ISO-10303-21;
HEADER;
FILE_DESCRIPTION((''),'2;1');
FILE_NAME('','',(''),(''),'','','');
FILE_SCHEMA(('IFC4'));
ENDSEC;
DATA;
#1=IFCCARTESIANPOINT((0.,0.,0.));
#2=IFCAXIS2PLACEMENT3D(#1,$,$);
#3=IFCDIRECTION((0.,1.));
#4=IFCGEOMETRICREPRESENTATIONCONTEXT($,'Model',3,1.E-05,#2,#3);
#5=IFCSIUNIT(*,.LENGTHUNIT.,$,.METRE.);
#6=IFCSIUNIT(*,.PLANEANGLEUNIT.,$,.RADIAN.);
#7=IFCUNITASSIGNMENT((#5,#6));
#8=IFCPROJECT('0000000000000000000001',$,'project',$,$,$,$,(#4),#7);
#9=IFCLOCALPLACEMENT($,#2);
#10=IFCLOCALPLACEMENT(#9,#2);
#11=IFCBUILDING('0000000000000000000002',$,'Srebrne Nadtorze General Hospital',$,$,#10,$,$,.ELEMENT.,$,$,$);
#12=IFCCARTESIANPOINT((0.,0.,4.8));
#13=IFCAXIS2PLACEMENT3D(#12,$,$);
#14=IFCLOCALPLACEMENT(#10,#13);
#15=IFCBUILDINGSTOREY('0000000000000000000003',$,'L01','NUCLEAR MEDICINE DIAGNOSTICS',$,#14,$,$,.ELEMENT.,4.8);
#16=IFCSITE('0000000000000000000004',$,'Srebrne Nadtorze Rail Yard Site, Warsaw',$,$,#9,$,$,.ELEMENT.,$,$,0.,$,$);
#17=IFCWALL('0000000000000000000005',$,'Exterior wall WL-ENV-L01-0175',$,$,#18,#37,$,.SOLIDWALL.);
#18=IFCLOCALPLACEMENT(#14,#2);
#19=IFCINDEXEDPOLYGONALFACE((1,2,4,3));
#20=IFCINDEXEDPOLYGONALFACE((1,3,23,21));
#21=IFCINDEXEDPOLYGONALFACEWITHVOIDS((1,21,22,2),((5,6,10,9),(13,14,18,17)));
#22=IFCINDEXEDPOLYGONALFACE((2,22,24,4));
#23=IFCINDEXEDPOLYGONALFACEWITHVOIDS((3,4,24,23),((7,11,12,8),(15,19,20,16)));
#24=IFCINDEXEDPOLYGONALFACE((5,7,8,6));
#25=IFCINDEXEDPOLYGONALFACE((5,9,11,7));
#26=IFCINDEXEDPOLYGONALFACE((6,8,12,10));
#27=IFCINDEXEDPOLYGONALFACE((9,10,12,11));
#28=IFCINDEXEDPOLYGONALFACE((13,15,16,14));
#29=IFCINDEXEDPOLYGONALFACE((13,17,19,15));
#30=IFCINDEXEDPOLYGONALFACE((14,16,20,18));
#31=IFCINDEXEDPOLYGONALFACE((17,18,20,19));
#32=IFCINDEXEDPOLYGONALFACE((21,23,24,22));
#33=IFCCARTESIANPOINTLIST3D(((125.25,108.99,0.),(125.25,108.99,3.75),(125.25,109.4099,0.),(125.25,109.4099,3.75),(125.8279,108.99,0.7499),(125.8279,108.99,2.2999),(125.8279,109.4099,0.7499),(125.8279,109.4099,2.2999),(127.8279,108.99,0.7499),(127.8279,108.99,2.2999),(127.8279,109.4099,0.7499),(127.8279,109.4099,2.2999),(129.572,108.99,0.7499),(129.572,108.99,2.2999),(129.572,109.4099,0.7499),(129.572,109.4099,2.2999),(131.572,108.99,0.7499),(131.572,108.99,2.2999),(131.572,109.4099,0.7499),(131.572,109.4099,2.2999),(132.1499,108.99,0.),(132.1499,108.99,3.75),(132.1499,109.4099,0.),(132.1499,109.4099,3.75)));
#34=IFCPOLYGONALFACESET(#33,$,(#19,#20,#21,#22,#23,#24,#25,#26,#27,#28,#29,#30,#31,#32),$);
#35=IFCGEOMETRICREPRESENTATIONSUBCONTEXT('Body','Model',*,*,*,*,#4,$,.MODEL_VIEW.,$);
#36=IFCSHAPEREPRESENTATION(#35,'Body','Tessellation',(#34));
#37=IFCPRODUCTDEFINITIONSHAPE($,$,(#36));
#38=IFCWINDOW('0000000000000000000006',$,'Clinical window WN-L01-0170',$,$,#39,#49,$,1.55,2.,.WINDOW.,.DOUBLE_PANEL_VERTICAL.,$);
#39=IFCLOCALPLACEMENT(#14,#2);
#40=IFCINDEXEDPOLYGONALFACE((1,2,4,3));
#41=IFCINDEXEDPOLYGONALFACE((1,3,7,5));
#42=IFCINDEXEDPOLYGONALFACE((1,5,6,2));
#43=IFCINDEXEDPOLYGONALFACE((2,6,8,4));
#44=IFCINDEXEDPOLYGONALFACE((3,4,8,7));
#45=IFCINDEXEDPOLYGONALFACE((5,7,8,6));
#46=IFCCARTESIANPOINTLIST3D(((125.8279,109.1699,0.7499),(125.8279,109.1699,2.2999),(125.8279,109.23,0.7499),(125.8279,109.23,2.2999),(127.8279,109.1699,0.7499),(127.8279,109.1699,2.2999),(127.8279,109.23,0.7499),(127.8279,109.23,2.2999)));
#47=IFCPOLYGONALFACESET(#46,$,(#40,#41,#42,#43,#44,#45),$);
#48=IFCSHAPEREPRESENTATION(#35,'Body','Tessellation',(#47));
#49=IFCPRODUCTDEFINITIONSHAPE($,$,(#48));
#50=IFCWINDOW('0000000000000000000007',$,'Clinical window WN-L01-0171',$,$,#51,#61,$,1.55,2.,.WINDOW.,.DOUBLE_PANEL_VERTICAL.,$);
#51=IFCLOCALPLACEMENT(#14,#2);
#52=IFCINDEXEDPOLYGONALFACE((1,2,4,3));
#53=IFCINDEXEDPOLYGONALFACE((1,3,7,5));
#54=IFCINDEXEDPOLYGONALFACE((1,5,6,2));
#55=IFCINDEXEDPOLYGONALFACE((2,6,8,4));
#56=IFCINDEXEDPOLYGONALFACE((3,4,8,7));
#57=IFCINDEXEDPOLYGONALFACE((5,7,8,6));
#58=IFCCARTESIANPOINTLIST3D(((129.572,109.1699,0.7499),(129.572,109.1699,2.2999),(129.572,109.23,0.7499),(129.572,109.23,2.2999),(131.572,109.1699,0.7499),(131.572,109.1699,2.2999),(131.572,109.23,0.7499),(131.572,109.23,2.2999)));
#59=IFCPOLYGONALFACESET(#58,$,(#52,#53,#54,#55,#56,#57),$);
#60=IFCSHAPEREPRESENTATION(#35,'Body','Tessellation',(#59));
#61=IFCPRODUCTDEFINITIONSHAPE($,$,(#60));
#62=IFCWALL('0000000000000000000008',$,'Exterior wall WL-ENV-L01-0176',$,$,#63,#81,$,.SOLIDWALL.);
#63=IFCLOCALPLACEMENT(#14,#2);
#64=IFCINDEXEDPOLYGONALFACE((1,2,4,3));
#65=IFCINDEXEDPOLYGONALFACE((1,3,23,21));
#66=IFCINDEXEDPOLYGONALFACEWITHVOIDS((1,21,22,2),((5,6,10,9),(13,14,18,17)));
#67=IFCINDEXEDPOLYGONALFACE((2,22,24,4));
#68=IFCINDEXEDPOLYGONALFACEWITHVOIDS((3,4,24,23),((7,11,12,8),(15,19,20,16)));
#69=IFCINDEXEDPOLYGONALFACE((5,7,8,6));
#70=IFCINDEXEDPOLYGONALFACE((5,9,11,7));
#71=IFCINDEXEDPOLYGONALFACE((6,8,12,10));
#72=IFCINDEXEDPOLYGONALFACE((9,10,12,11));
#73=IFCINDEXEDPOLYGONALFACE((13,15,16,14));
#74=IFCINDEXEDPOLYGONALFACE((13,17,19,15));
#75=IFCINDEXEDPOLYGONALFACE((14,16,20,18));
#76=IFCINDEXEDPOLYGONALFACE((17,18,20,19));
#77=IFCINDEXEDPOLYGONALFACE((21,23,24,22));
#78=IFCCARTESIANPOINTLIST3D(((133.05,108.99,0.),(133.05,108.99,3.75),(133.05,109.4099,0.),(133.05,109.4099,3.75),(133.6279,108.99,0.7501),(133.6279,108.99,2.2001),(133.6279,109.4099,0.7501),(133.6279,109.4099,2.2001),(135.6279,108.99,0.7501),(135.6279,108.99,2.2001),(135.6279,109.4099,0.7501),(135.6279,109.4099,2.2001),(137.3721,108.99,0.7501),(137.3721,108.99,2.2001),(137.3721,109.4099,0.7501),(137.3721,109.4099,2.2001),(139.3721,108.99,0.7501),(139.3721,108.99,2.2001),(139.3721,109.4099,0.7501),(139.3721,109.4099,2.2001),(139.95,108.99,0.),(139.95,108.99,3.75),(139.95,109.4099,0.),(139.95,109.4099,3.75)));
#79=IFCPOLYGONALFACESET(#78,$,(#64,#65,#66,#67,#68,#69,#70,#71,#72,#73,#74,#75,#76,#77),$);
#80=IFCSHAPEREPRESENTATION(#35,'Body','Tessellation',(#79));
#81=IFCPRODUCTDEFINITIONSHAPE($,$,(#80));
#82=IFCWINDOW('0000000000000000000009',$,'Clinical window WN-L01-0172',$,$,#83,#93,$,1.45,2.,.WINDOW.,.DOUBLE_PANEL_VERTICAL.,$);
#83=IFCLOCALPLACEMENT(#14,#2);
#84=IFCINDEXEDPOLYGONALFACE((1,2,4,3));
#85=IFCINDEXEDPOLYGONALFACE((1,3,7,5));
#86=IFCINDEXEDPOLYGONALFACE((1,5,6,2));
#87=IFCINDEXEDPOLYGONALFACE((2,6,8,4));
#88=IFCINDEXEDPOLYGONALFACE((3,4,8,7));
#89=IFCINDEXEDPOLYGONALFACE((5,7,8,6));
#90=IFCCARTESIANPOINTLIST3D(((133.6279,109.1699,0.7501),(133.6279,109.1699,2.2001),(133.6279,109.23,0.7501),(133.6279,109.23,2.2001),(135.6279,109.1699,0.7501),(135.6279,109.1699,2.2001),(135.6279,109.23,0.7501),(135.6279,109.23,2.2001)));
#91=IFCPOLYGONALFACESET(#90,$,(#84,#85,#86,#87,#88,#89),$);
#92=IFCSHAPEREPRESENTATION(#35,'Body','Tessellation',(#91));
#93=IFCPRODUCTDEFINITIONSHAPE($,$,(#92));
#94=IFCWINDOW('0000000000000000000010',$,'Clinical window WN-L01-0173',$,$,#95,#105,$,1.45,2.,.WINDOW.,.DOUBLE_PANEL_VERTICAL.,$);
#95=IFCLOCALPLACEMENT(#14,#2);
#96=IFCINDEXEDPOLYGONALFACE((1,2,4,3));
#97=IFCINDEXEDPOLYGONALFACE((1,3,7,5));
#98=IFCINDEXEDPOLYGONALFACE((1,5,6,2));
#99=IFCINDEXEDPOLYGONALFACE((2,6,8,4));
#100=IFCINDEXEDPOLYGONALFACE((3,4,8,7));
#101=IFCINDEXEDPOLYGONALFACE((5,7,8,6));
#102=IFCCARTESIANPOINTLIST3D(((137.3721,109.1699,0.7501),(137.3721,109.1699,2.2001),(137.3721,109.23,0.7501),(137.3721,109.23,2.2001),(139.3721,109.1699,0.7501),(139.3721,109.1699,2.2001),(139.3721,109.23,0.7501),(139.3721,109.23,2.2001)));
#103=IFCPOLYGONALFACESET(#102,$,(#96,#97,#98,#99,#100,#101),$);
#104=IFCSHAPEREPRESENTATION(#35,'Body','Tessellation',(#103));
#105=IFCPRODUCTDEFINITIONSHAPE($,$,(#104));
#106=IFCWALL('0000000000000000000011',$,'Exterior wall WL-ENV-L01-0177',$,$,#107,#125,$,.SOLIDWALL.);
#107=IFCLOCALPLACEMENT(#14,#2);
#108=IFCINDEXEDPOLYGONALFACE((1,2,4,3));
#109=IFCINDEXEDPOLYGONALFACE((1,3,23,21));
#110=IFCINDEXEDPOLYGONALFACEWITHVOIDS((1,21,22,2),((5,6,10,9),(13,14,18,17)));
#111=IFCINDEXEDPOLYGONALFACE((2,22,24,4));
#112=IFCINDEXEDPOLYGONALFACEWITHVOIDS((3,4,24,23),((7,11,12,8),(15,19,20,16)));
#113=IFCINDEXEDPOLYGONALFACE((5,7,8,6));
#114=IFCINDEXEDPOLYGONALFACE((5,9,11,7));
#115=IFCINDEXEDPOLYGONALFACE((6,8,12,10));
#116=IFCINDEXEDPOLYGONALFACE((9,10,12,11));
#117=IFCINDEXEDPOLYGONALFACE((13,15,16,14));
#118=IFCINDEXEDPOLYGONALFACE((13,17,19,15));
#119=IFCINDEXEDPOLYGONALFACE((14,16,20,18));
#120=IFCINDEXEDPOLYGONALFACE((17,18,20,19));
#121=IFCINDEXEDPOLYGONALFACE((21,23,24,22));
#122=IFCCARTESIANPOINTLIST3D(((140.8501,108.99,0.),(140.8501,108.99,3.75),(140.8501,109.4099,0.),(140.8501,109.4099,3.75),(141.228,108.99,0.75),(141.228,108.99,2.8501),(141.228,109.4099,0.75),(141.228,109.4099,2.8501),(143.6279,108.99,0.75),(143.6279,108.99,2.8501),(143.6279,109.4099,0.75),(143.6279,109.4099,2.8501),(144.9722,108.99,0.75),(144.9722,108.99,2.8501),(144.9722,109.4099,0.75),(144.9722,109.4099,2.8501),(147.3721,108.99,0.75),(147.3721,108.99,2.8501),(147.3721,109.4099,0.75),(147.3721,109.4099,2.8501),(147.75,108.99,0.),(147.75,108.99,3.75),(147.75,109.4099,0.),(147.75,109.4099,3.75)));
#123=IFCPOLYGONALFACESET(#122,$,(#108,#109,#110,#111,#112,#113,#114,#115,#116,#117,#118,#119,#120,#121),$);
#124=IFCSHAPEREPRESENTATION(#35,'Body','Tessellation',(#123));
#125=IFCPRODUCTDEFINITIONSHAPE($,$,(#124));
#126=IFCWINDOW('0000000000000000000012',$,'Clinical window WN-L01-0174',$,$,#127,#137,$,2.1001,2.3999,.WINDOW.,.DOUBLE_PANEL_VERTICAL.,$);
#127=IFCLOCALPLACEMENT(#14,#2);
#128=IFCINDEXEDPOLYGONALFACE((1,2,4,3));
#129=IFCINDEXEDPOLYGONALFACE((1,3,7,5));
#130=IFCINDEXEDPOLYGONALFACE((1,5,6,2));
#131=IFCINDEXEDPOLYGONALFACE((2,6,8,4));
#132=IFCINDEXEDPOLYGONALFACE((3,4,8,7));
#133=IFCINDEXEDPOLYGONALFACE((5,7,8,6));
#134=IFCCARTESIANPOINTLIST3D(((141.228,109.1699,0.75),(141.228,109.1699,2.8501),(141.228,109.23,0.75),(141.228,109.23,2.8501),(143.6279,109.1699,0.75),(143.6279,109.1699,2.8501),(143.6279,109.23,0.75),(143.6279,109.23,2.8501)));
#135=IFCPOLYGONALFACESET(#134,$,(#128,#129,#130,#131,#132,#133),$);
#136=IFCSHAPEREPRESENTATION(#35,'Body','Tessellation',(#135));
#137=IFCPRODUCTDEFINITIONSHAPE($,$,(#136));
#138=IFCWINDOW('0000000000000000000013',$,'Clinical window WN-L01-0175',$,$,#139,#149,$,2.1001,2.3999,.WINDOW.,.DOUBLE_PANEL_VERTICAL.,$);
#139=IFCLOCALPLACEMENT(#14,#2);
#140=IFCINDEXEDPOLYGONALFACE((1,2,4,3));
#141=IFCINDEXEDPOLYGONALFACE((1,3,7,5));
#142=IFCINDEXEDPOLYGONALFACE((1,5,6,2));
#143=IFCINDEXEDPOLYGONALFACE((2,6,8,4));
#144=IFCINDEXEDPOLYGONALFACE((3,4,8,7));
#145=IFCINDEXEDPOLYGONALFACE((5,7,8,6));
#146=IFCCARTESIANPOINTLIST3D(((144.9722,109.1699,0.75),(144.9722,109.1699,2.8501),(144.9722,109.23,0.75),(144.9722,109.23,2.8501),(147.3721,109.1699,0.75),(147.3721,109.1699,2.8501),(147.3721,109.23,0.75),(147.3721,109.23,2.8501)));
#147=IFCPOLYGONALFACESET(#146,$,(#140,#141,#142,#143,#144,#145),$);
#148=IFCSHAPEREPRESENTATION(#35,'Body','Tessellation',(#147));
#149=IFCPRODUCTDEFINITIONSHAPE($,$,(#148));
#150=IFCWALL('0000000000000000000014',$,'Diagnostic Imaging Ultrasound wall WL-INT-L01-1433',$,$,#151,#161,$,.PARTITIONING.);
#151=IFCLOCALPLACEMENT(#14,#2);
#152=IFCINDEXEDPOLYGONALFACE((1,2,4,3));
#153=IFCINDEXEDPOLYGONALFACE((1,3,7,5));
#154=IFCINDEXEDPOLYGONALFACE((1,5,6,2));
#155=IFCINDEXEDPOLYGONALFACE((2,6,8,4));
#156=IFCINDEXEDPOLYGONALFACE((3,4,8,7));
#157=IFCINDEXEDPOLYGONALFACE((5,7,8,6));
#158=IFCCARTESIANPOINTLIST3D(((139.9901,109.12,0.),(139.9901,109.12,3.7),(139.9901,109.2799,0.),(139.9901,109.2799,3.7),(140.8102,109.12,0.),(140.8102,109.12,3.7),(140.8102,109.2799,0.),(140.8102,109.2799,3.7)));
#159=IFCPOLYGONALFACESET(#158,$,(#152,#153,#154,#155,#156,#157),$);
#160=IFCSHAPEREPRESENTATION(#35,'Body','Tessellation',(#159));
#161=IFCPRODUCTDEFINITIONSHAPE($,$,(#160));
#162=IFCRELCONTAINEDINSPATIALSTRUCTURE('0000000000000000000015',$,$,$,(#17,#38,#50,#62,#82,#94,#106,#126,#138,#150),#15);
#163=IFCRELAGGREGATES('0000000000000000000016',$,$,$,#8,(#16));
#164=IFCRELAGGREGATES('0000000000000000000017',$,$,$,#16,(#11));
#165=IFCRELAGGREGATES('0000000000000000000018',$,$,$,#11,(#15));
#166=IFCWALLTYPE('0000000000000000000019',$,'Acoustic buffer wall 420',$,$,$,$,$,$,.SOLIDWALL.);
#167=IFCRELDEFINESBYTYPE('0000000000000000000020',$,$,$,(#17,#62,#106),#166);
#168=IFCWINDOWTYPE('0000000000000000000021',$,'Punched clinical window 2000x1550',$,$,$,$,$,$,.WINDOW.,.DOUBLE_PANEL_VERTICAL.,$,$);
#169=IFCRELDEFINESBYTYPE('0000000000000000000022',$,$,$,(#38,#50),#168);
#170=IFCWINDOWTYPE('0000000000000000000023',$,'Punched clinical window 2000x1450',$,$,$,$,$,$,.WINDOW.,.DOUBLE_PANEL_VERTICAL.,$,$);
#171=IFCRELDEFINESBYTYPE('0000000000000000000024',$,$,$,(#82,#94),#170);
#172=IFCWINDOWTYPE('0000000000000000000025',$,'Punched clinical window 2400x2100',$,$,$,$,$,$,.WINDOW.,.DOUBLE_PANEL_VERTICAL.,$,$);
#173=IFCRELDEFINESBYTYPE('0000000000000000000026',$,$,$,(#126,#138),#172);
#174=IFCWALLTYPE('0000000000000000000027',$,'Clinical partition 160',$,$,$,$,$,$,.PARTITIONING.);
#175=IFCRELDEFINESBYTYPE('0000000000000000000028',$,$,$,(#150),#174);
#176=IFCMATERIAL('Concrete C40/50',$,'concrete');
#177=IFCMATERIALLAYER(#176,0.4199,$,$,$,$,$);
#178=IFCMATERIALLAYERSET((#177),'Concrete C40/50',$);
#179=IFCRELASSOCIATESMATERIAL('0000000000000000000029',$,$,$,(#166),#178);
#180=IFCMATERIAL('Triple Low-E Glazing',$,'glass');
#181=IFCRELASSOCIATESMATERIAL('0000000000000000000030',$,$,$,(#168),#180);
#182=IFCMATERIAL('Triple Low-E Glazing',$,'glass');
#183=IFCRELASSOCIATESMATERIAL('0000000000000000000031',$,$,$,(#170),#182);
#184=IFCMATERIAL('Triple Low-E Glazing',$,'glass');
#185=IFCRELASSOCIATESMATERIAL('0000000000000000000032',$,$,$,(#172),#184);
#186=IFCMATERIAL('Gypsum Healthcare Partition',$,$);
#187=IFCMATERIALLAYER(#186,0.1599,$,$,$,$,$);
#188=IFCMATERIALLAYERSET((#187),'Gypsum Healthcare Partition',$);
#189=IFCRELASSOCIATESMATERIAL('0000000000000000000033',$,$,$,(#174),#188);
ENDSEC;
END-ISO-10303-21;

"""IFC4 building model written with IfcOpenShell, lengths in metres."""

from ifc_helpers import new_model, si_unit, direction, frame, frame_2d, origin, place, context, subcontext, project, spatial, rectangle, extrude, material, layer, layer_set, type_object, element, fill, save


model = new_model("IFC4")

# Units and contexts
model_context = context("Model", 3, precision=1e-05, world=origin(), true_north=direction((0.0, 1.0)))
body_context = subcontext(model_context, "Body", "Model", "MODEL_VIEW")
ifc_project = project(units=[si_unit("LENGTHUNIT", "METRE"), si_unit("PLANEANGLEUNIT", "RADIAN")], contexts=[model_context])

# Site, building, storey
site_placement = place(None, origin())
site = spatial("IfcSite", under=ifc_project, at=site_placement, Name="Srebrne Nadtorze Rail Yard Site, Warsaw", CompositionType="ELEMENT", RefElevation=0.0)
building_placement = place(site_placement, origin())
building = spatial("IfcBuilding", under=site, at=building_placement, Name="Srebrne Nadtorze General Hospital", CompositionType="ELEMENT")
storey_placement = place(building_placement, frame((0.0, 0.0, 4.8)))
storey = spatial("IfcBuildingStorey", under=building, at=storey_placement, Name="L01", Description="NUCLEAR MEDICINE DIAGNOSTICS", CompositionType="ELEMENT", Elevation=4.8)

# Walls, openings, windows
ifc_material_1 = material(Name="Concrete C40/50", Category="concrete")
ifc_layer_1 = layer(ifc_material_1, 0.4199)
ifc_layer_set_1 = layer_set([ifc_layer_1], Name="Concrete C40/50")
wall_type_1 = type_object("IfcWallType", Name="Acoustic buffer wall 420", PredefinedType="SOLIDWALL", material=ifc_layer_set_1)
wall_1_placement = place(storey_placement, frame((125.25, 109.2, 0.0), z_axis=(0.0, 0.0, 1.0), x_axis=(1.0, 0.0, 0.0)))
wall_1 = element("IfcWall", 1, at=wall_1_placement, inside=storey, type_object=wall_type_1, Name="Exterior wall WL-ENV-L01-0175", PredefinedType="SOLIDWALL", context=body_context, shape_type="SweptSolid", body=[
    extrude(rectangle(XDim=6.8999, YDim=0.4199, at=frame_2d((3.45, 0.0))), origin(), (0.0, 0.0, 1.0), 3.75),
])
opening_1_placement = place(wall_1_placement, frame((0.5779, 0.0, 0.75)))
opening_1 = element("IfcOpeningElement", 2, at=opening_1_placement, cuts=wall_1, PredefinedType="OPENING", context=body_context, shape_type="SweptSolid", body=[
    extrude(rectangle(XDim=2.0, YDim=1.55, at=frame_2d((1.0, 0.7749))), frame((0.0, 0.2219, 0.0), z_axis=(0.0, -1.0, 0.0), x_axis=(1.0, 0.0, 0.0)), (0.0, 0.0, 1.0), 0.4438),
])
opening_2_placement = place(wall_1_placement, frame((4.322, 0.0, 0.75)))
opening_2 = element("IfcOpeningElement", 3, at=opening_2_placement, cuts=wall_1, PredefinedType="OPENING", context=body_context, shape_type="SweptSolid", body=[
    extrude(rectangle(XDim=2.0, YDim=1.55, at=frame_2d((1.0, 0.7749))), frame((0.0, 0.2219, 0.0), z_axis=(0.0, -1.0, 0.0), x_axis=(1.0, 0.0, 0.0)), (0.0, 0.0, 1.0), 0.4438),
])
ifc_material_2 = material(Name="Triple Low-E Glazing", Category="glass")
window_type_1 = type_object("IfcWindowType", Name="Punched clinical window 2000x1550", PartitioningType="DOUBLE_PANEL_VERTICAL", PredefinedType="WINDOW", material=ifc_material_2)
window_1_placement = place(opening_1_placement, origin())
window_1 = element("IfcWindow", 4, at=window_1_placement, inside=storey, type_object=window_type_1, Name="Clinical window WN-L01-0170", OverallHeight=1.55, OverallWidth=2.0, PartitioningType="DOUBLE_PANEL_VERTICAL", PredefinedType="WINDOW", context=body_context, shape_type="SweptSolid", body=[
    extrude(rectangle(XDim=2.0, YDim=1.55, at=frame_2d((1.0, 0.7749))), frame((0.0, 0.03, 0.0), z_axis=(0.0, -1.0, 0.0), x_axis=(1.0, 0.0, 0.0)), (0.0, 0.0, 1.0), 0.0601),
])
fill(opening_1, window_1)
window_2_placement = place(opening_2_placement, origin())
window_2 = element("IfcWindow", 5, at=window_2_placement, inside=storey, type_object=window_type_1, Name="Clinical window WN-L01-0171", OverallHeight=1.55, OverallWidth=2.0, PartitioningType="DOUBLE_PANEL_VERTICAL", PredefinedType="WINDOW", context=body_context, shape_type="SweptSolid", body=[
    extrude(rectangle(XDim=2.0, YDim=1.55, at=frame_2d((1.0, 0.7749))), frame((0.0, 0.03, 0.0), z_axis=(0.0, -1.0, 0.0), x_axis=(1.0, 0.0, 0.0)), (0.0, 0.0, 1.0), 0.0601),
])
fill(opening_2, window_2)
wall_2_placement = place(storey_placement, frame((133.05, 109.2, 0.0), z_axis=(0.0, 0.0, 1.0), x_axis=(1.0, 0.0, 0.0)))
wall_2 = element("IfcWall", 6, at=wall_2_placement, inside=storey, type_object=wall_type_1, Name="Exterior wall WL-ENV-L01-0176", PredefinedType="SOLIDWALL", context=body_context, shape_type="SweptSolid", body=[
    extrude(rectangle(XDim=6.8999, YDim=0.4199, at=frame_2d((3.45, 0.0))), origin(), (0.0, 0.0, 1.0), 3.75),
])
opening_3_placement = place(wall_2_placement, frame((0.5779, 0.0, 0.75)))
opening_3 = element("IfcOpeningElement", 7, at=opening_3_placement, cuts=wall_2, PredefinedType="OPENING", context=body_context, shape_type="SweptSolid", body=[
    extrude(rectangle(XDim=2.0, YDim=1.45, at=frame_2d((1.0, 0.7251))), frame((0.0, 0.2219, 0.0), z_axis=(0.0, -1.0, 0.0), x_axis=(1.0, 0.0, 0.0)), (0.0, 0.0, 1.0), 0.4438),
])
opening_4_placement = place(wall_2_placement, frame((4.322, 0.0, 0.75)))
opening_4 = element("IfcOpeningElement", 8, at=opening_4_placement, cuts=wall_2, PredefinedType="OPENING", context=body_context, shape_type="SweptSolid", body=[
    extrude(rectangle(XDim=2.0, YDim=1.45, at=frame_2d((1.0, 0.7251))), frame((0.0, 0.2219, 0.0), z_axis=(0.0, -1.0, 0.0), x_axis=(1.0, 0.0, 0.0)), (0.0, 0.0, 1.0), 0.4438),
])
ifc_material_3 = material(Name="Triple Low-E Glazing", Category="glass")
window_type_2 = type_object("IfcWindowType", Name="Punched clinical window 2000x1450", PartitioningType="DOUBLE_PANEL_VERTICAL", PredefinedType="WINDOW", material=ifc_material_3)
window_3_placement = place(opening_3_placement, origin())
window_3 = element("IfcWindow", 9, at=window_3_placement, inside=storey, type_object=window_type_2, Name="Clinical window WN-L01-0172", OverallHeight=1.45, OverallWidth=2.0, PartitioningType="DOUBLE_PANEL_VERTICAL", PredefinedType="WINDOW", context=body_context, shape_type="SweptSolid", body=[
    extrude(rectangle(XDim=2.0, YDim=1.45, at=frame_2d((1.0, 0.7251))), frame((0.0, 0.03, 0.0), z_axis=(0.0, -1.0, 0.0), x_axis=(1.0, 0.0, 0.0)), (0.0, 0.0, 1.0), 0.0601),
])
fill(opening_3, window_3)
window_4_placement = place(opening_4_placement, origin())
window_4 = element("IfcWindow", 10, at=window_4_placement, inside=storey, type_object=window_type_2, Name="Clinical window WN-L01-0173", OverallHeight=1.45, OverallWidth=2.0, PartitioningType="DOUBLE_PANEL_VERTICAL", PredefinedType="WINDOW", context=body_context, shape_type="SweptSolid", body=[
    extrude(rectangle(XDim=2.0, YDim=1.45, at=frame_2d((1.0, 0.7251))), frame((0.0, 0.03, 0.0), z_axis=(0.0, -1.0, 0.0), x_axis=(1.0, 0.0, 0.0)), (0.0, 0.0, 1.0), 0.0601),
])
fill(opening_4, window_4)
wall_3_placement = place(storey_placement, frame((140.8501, 109.2, 0.0), z_axis=(0.0, 0.0, 1.0), x_axis=(1.0, 0.0, 0.0)))
wall_3 = element("IfcWall", 11, at=wall_3_placement, inside=storey, type_object=wall_type_1, Name="Exterior wall WL-ENV-L01-0177", PredefinedType="SOLIDWALL", context=body_context, shape_type="SweptSolid", body=[
    extrude(rectangle(XDim=6.8999, YDim=0.4199, at=frame_2d((3.45, 0.0))), origin(), (0.0, 0.0, 1.0), 3.75),
])
opening_5_placement = place(wall_3_placement, frame((0.3779, 0.0, 0.75)))
opening_5 = element("IfcOpeningElement", 12, at=opening_5_placement, cuts=wall_3, PredefinedType="OPENING", context=body_context, shape_type="SweptSolid", body=[
    extrude(rectangle(XDim=2.3999, YDim=2.1001, at=frame_2d((1.2, 1.05))), frame((0.0, 0.2219, 0.0), z_axis=(0.0, -1.0, 0.0), x_axis=(1.0, 0.0, 0.0)), (0.0, 0.0, 1.0), 0.4438),
])
opening_6_placement = place(wall_3_placement, frame((4.1221, 0.0, 0.75)))
opening_6 = element("IfcOpeningElement", 13, at=opening_6_placement, cuts=wall_3, PredefinedType="OPENING", context=body_context, shape_type="SweptSolid", body=[
    extrude(rectangle(XDim=2.3999, YDim=2.1001, at=frame_2d((1.2, 1.05))), frame((0.0, 0.2219, 0.0), z_axis=(0.0, -1.0, 0.0), x_axis=(1.0, 0.0, 0.0)), (0.0, 0.0, 1.0), 0.4438),
])
ifc_material_4 = material(Name="Triple Low-E Glazing", Category="glass")
window_type_3 = type_object("IfcWindowType", Name="Punched clinical window 2400x2100", PartitioningType="DOUBLE_PANEL_VERTICAL", PredefinedType="WINDOW", material=ifc_material_4)
window_5_placement = place(opening_5_placement, origin())
window_5 = element("IfcWindow", 14, at=window_5_placement, inside=storey, type_object=window_type_3, Name="Clinical window WN-L01-0174", OverallHeight=2.1001, OverallWidth=2.3999, PartitioningType="DOUBLE_PANEL_VERTICAL", PredefinedType="WINDOW", context=body_context, shape_type="SweptSolid", body=[
    extrude(rectangle(XDim=2.3999, YDim=2.1001, at=frame_2d((1.2, 1.05))), frame((0.0, 0.03, 0.0), z_axis=(0.0, -1.0, 0.0), x_axis=(1.0, 0.0, 0.0)), (0.0, 0.0, 1.0), 0.0601),
])
fill(opening_5, window_5)
window_6_placement = place(opening_6_placement, origin())
window_6 = element("IfcWindow", 15, at=window_6_placement, inside=storey, type_object=window_type_3, Name="Clinical window WN-L01-0175", OverallHeight=2.1001, OverallWidth=2.3999, PartitioningType="DOUBLE_PANEL_VERTICAL", PredefinedType="WINDOW", context=body_context, shape_type="SweptSolid", body=[
    extrude(rectangle(XDim=2.3999, YDim=2.1001, at=frame_2d((1.2, 1.05))), frame((0.0, 0.03, 0.0), z_axis=(0.0, -1.0, 0.0), x_axis=(1.0, 0.0, 0.0)), (0.0, 0.0, 1.0), 0.0601),
])
fill(opening_6, window_6)

# Wall
ifc_material_5 = material(Name="Gypsum Healthcare Partition")
ifc_layer_2 = layer(ifc_material_5, 0.1599)
ifc_layer_set_2 = layer_set([ifc_layer_2], Name="Gypsum Healthcare Partition")
wall_type_2 = type_object("IfcWallType", Name="Clinical partition 160", PredefinedType="PARTITIONING", material=ifc_layer_set_2)
for number, where, z_axis, x_axis, name in (
    (16, (139.99, 109.2, 0.0), (0.0, 0.0, 1.0), (1.0, 0.0, 0.0), "Diagnostic Imaging Ultrasound wall WL-INT-L01-1433"),
):
    element("IfcWall", number, at=place(storey_placement, frame(where, z_axis=z_axis, x_axis=x_axis)), inside=storey, type_object=wall_type_2, Name=name, PredefinedType="PARTITIONING", context=body_context, shape_type="SweptSolid", body=[
        extrude(rectangle(XDim=0.8201, YDim=0.1599, at=frame_2d((0.4102, 0.0))), origin(), (0.0, 0.0, 1.0), 3.7),
    ])

save(model, "model.ifc")
